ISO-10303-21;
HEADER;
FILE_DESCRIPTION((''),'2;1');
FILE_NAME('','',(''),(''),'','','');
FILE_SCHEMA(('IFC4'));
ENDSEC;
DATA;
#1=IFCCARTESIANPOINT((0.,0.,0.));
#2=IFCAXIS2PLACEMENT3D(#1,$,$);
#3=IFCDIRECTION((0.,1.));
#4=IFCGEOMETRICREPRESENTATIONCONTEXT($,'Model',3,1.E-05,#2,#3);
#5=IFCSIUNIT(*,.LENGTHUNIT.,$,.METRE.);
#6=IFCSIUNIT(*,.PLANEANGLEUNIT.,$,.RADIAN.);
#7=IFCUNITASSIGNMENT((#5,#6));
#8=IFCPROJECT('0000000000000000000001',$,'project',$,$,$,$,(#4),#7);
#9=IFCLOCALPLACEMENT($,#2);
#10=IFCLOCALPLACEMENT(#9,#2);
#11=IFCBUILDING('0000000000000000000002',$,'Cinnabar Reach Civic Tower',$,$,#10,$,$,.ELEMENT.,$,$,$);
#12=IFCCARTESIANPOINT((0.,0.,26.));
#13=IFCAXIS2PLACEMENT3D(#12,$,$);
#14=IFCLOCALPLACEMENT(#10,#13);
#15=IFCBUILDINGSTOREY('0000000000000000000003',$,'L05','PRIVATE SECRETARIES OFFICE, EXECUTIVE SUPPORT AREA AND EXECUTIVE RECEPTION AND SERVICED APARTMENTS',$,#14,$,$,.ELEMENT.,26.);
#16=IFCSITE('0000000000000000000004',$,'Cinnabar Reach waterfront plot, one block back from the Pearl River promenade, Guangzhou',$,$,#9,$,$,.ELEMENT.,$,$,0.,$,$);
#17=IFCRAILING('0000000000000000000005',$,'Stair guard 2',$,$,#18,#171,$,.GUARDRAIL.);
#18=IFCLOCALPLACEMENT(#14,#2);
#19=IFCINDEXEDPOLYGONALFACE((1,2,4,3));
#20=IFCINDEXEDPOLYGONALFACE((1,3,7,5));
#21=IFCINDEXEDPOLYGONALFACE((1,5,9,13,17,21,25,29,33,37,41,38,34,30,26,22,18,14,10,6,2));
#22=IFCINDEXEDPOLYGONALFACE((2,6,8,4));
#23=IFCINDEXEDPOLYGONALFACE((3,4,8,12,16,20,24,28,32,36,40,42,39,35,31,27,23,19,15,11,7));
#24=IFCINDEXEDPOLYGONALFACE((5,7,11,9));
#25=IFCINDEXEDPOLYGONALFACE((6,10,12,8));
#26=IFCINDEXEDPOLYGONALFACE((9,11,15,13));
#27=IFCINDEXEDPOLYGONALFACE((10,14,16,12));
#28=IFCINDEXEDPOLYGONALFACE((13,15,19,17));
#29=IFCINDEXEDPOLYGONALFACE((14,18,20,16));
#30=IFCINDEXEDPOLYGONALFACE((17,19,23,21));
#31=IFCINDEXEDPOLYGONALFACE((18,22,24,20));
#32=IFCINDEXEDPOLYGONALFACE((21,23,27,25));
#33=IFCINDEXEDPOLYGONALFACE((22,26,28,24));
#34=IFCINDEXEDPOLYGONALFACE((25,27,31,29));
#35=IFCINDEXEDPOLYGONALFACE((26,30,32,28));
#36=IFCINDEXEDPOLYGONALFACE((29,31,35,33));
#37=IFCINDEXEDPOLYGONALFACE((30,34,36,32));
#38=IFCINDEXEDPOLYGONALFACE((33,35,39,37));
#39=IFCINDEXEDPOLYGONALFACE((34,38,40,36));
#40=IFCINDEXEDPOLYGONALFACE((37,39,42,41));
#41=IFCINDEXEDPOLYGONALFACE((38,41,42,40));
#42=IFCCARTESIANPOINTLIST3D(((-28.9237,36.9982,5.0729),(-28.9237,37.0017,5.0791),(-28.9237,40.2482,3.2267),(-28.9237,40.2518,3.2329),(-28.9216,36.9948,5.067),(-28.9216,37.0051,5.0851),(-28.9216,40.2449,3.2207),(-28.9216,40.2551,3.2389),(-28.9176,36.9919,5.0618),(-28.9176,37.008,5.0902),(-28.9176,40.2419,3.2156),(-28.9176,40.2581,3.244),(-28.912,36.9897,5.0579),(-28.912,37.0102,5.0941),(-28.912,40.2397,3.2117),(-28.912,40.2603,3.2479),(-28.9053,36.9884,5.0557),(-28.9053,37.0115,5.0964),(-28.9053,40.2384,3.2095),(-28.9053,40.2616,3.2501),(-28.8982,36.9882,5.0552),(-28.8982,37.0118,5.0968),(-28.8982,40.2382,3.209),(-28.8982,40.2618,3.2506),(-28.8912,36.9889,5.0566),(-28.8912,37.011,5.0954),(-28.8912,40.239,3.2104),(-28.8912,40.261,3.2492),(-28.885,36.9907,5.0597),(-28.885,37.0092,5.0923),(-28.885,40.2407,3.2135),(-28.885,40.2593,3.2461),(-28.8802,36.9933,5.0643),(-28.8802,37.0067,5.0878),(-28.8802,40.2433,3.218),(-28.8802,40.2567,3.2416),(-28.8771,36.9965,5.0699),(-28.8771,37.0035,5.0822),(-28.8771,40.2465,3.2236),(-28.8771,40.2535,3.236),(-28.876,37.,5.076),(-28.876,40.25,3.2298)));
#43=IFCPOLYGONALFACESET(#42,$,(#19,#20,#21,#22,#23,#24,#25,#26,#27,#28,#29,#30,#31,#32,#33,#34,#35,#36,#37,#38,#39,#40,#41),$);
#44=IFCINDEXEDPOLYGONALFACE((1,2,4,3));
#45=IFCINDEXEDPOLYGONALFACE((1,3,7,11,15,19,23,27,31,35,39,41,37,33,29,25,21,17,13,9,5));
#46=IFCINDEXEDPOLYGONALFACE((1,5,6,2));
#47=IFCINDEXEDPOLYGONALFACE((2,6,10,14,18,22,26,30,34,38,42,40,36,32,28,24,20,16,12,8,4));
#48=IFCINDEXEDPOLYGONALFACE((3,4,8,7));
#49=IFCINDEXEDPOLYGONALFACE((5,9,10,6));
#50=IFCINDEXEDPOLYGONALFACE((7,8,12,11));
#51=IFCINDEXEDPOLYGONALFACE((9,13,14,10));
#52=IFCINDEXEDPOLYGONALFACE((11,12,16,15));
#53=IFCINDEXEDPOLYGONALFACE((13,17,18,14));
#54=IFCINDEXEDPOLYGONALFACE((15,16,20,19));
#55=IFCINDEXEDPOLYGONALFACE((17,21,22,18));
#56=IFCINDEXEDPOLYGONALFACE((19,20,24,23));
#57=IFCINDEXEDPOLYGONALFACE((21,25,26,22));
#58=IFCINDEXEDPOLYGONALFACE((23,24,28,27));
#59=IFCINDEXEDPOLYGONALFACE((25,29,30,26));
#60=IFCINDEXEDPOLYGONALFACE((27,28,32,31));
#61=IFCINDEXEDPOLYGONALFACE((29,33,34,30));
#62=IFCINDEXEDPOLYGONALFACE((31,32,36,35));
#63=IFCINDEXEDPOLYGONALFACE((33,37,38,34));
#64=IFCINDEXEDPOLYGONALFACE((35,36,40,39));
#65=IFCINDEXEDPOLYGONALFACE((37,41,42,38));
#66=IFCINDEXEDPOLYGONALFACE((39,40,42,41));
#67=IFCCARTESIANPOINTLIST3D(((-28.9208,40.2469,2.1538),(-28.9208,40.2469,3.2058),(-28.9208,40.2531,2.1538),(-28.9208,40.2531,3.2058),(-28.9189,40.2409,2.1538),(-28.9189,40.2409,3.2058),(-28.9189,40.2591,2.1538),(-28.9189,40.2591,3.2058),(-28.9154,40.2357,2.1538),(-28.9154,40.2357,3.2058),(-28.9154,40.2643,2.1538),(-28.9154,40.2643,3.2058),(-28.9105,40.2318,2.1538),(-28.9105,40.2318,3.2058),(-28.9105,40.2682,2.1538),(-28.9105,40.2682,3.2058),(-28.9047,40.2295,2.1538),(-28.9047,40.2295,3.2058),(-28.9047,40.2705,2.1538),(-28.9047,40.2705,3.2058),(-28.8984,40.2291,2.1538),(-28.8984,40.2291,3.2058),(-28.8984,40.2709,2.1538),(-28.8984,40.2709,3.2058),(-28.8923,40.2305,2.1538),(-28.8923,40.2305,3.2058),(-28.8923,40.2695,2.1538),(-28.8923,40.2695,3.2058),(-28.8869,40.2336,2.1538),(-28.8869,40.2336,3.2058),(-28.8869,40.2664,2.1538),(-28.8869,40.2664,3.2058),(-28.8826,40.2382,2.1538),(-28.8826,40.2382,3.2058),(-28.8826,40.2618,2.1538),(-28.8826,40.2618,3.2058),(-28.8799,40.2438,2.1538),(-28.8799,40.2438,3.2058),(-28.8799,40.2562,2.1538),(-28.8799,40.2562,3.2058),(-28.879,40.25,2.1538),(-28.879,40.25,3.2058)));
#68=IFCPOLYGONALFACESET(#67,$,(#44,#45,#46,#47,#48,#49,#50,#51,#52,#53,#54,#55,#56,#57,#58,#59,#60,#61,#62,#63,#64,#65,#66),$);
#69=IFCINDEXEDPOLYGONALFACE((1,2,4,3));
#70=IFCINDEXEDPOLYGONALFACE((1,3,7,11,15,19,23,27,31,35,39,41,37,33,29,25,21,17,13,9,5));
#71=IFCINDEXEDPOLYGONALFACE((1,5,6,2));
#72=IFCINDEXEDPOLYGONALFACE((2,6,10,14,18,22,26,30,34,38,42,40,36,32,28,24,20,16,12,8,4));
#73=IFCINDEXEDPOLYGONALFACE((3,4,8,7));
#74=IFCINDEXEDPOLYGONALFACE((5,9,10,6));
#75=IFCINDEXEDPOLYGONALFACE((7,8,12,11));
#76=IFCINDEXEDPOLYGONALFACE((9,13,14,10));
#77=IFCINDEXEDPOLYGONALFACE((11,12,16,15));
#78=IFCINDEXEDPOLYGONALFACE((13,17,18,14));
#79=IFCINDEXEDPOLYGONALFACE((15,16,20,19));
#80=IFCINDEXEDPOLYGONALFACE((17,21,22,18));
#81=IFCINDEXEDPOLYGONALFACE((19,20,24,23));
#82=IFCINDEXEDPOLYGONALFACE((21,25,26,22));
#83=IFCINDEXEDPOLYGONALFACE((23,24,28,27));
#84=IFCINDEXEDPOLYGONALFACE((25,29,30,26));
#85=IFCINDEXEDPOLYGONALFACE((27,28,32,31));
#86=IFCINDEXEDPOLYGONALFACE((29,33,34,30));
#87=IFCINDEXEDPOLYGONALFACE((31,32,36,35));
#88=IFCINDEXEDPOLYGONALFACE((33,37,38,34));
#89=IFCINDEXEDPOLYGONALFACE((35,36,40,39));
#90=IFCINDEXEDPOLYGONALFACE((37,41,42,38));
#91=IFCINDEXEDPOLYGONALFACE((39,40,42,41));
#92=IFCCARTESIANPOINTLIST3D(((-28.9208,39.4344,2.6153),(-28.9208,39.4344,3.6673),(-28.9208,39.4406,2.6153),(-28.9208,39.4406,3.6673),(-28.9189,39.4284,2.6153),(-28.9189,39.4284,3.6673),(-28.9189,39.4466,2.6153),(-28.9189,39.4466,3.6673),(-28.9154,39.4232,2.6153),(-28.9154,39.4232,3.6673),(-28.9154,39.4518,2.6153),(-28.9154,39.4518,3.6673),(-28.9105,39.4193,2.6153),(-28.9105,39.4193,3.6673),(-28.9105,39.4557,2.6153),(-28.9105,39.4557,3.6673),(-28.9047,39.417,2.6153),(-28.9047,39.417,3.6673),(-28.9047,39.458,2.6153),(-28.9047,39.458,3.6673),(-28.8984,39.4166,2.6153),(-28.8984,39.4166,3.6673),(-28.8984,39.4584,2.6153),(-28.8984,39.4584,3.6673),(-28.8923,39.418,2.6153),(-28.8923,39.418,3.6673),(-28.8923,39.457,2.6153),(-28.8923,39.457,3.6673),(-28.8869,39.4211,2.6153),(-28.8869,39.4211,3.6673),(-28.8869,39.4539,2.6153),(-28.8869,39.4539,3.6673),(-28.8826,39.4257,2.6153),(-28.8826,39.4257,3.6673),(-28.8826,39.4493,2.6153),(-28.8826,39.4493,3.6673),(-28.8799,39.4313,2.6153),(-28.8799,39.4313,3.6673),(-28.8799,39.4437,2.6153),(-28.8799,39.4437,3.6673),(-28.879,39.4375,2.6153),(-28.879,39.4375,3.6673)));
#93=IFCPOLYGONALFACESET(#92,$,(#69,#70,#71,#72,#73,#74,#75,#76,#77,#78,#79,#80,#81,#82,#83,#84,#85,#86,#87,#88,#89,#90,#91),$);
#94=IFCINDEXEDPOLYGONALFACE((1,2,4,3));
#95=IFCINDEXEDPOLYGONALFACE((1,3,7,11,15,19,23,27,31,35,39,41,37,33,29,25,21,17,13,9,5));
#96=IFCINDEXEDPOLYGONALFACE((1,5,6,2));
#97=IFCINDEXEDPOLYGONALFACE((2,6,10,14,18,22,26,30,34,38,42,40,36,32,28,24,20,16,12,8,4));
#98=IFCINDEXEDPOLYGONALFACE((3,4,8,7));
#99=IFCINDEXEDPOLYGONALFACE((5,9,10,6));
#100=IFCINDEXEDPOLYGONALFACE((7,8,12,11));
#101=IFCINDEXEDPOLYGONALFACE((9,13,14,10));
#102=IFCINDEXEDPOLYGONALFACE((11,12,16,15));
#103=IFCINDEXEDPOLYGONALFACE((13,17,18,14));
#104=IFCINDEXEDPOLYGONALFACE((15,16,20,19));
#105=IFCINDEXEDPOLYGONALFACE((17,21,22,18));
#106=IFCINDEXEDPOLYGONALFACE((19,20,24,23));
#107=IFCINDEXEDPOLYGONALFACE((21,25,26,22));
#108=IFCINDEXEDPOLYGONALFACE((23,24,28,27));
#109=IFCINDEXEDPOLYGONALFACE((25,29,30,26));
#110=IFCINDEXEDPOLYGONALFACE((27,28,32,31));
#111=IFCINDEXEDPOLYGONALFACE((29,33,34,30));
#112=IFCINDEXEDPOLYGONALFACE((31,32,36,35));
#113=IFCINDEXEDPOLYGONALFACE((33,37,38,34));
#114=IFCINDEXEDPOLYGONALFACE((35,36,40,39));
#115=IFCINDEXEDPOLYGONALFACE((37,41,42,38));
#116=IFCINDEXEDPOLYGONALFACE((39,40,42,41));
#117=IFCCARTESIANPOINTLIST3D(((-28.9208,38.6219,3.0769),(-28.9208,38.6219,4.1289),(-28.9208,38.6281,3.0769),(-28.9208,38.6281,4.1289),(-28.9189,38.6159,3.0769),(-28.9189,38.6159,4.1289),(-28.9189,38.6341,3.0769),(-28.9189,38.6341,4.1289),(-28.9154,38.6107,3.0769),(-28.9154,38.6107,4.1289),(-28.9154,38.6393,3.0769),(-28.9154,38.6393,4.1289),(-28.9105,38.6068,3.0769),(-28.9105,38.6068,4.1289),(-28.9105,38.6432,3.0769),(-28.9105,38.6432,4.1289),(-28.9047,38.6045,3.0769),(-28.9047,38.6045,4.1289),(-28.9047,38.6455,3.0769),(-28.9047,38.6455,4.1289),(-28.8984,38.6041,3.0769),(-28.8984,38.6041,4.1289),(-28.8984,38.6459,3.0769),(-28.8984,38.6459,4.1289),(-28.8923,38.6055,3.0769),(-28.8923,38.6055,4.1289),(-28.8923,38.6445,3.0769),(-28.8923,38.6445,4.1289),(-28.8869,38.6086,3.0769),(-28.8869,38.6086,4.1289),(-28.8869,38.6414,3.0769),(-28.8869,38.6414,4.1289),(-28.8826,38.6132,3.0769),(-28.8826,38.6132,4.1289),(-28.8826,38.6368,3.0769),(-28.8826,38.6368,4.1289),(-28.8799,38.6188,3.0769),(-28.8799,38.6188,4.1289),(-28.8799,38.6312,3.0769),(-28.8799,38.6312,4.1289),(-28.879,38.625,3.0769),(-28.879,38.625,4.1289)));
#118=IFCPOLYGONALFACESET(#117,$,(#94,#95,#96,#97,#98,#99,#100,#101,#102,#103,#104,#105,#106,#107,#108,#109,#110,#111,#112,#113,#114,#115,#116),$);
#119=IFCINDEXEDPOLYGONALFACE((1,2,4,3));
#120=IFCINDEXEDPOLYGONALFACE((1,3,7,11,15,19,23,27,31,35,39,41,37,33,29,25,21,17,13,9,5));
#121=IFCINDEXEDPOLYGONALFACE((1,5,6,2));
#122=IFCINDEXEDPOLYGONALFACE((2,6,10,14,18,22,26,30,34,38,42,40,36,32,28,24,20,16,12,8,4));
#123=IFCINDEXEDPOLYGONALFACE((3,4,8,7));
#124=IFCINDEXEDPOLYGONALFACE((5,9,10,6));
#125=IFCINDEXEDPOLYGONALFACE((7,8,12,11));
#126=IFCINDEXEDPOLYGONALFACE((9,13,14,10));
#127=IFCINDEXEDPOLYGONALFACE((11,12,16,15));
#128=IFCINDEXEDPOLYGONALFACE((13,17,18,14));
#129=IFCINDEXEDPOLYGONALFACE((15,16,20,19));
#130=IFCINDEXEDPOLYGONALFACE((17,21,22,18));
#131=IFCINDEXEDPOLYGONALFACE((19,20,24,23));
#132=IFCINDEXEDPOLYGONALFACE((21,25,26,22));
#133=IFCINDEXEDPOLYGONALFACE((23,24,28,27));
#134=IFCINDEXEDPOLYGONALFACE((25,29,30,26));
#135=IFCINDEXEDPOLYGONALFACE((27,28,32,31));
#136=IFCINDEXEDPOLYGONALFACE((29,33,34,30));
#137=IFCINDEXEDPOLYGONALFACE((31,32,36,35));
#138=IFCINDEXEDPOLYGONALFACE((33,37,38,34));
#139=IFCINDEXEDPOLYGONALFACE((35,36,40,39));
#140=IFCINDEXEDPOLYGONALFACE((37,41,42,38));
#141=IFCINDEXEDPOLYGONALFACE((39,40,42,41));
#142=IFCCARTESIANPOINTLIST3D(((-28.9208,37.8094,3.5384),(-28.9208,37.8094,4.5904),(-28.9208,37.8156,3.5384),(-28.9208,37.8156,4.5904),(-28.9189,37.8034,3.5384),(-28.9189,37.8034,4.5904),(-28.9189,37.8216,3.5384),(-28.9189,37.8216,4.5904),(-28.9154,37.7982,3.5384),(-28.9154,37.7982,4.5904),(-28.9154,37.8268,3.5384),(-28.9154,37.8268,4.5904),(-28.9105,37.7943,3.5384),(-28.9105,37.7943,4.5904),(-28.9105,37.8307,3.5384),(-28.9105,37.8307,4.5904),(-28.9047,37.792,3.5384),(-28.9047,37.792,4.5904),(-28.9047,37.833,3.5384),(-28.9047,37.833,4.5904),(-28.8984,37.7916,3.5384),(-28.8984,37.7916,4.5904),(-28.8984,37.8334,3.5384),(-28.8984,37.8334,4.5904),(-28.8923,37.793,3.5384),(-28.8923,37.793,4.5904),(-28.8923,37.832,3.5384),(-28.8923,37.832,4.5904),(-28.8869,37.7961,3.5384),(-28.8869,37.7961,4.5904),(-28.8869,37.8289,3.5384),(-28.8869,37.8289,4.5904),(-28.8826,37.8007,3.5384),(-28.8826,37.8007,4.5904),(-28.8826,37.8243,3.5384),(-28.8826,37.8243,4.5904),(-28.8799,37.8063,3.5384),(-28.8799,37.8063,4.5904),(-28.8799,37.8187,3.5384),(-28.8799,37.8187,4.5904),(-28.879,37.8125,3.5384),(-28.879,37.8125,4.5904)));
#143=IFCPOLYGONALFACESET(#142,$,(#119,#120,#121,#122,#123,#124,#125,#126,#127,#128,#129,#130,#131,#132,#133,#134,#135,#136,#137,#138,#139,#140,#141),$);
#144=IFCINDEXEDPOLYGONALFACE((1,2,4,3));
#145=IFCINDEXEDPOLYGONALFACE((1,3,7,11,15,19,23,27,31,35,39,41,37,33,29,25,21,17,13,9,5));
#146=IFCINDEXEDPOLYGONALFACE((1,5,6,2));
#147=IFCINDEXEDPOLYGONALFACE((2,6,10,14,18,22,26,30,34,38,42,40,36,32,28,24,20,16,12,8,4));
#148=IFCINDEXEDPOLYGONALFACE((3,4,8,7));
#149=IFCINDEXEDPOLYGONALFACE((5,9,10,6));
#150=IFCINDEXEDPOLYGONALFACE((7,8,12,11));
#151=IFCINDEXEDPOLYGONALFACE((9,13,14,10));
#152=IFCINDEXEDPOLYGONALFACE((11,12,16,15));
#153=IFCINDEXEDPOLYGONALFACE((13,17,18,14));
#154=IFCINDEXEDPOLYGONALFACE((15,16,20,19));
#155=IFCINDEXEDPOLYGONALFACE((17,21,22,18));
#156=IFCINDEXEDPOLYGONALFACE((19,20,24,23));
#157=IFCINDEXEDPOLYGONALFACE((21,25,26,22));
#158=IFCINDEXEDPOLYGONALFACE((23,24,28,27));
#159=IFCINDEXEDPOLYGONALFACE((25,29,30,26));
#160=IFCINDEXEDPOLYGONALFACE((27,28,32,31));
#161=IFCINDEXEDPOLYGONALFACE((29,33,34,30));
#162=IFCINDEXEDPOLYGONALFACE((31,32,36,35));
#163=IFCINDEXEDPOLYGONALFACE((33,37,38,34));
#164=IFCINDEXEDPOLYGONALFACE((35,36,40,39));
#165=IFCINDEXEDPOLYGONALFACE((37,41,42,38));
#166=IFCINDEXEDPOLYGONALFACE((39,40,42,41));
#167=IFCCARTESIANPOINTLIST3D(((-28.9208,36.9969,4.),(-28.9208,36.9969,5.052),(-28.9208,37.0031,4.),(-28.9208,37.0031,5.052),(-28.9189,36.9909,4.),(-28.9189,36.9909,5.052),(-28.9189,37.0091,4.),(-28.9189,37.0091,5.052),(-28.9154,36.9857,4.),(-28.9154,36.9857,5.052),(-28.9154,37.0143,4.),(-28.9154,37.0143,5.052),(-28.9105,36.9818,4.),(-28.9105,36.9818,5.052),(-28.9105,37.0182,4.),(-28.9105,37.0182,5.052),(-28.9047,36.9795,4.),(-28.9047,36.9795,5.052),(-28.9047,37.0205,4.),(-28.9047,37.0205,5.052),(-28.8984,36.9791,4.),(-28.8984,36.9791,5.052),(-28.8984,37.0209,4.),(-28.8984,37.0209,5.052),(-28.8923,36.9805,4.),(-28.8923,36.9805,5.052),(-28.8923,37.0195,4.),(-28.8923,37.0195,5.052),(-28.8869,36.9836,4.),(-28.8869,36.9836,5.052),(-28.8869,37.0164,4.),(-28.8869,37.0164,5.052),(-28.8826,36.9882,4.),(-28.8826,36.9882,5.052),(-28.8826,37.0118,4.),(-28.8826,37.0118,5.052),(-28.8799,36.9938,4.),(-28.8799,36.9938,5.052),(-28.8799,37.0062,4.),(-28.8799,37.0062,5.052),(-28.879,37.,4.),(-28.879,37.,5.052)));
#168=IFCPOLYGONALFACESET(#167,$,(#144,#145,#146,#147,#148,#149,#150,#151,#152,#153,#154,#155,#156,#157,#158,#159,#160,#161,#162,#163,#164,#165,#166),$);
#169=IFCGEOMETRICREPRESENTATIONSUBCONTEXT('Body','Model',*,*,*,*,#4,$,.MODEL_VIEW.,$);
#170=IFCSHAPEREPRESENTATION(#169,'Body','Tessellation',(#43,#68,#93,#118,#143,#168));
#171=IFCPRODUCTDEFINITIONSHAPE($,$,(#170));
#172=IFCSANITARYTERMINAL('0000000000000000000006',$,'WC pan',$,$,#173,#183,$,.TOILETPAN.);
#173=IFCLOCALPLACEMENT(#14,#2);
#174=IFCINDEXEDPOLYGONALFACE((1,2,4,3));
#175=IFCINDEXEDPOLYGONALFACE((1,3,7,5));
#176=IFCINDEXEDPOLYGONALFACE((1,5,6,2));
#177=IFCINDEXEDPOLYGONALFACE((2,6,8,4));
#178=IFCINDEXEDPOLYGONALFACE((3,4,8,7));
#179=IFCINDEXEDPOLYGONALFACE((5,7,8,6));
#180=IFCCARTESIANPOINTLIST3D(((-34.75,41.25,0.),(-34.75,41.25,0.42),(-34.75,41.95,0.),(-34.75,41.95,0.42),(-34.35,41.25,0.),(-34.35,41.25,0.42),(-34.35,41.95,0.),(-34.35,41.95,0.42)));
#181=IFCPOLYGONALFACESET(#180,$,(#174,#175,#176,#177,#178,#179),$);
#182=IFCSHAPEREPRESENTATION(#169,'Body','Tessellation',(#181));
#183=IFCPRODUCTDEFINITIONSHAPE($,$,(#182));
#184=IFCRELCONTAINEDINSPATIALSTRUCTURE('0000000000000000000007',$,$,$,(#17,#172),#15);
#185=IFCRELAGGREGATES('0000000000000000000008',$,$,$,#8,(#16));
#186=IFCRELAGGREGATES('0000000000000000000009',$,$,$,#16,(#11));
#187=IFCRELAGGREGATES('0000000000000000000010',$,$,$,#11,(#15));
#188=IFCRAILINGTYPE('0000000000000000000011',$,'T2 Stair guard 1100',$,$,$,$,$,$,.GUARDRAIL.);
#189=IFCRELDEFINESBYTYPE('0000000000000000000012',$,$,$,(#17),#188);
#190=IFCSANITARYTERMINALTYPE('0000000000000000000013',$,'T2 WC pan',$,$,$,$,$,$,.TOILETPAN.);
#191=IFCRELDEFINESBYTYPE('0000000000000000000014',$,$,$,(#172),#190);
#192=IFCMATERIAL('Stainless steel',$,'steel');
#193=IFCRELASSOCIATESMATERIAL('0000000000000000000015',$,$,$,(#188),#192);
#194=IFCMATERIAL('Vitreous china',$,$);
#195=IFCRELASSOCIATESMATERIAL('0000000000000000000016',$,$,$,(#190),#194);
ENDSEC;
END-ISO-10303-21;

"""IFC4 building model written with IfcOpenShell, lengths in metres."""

from ifc_helpers import new_model, si_unit, direction, frame, origin, origin_2d, place, context, subcontext, project, spatial, rectangle, circle, extrude, material, type_object, element, save


model = new_model("IFC4")

# Units and contexts
model_context = context("Model", 3, precision=1e-05, world=origin(), true_north=direction((0.0, 1.0)))
body_context = subcontext(model_context, "Body", "Model", "MODEL_VIEW")
ifc_project = project(units=[si_unit("LENGTHUNIT", "METRE"), si_unit("PLANEANGLEUNIT", "RADIAN")], contexts=[model_context])

# Site, building, storey
site_placement = place(None, origin())
site = spatial("IfcSite", under=ifc_project, at=site_placement, Name="Cinnabar Reach waterfront plot, one block back from the Pearl River promenade, Guangzhou", CompositionType="ELEMENT", RefElevation=0.0)
building_placement = place(site_placement, origin())
building = spatial("IfcBuilding", under=site, at=building_placement, Name="Cinnabar Reach Civic Tower", CompositionType="ELEMENT")
storey_placement = place(building_placement, frame((0.0, 0.0, 26.0)))
storey = spatial("IfcBuildingStorey", under=building, at=storey_placement, Name="L05", Description="PRIVATE SECRETARIES OFFICE, EXECUTIVE SUPPORT AREA AND EXECUTIVE RECEPTION AND SERVICED APARTMENTS", CompositionType="ELEMENT", Elevation=26.0)

# Railing
ifc_material_1 = material(Name="Stainless steel", Category="steel")
railing_type = type_object("IfcRailingType", Name="T2 Stair guard 1100", PredefinedType="GUARDRAIL", material=ifc_material_1)
railing_1_placement = place(storey_placement, frame((-28.9, 40.25, 2.1538)))
element("IfcRailing", 1, at=railing_1_placement, inside=storey, type_object=railing_type, Name="Stair guard 2", PredefinedType="GUARDRAIL", context=body_context, shape_type="SweptSolid", body=[
    extrude(circle(Radius=0.024, at=origin_2d()), frame((0.0, 0.0, 1.076), z_axis=(0.0, -0.869501, 0.49393), x_axis=(1.0, 0.0, 0.0)), (0.0, 0.0, 1.0), 3.7378),
    extrude(circle(Radius=0.021, at=origin_2d()), origin(), (0.0, 0.0, 1.0), 1.052),
    extrude(circle(Radius=0.021, at=origin_2d()), frame((0.0, -0.8125, 0.4615)), (0.0, 0.0, 1.0), 1.052),
    extrude(circle(Radius=0.021, at=origin_2d()), frame((0.0, -1.625, 0.9231)), (0.0, 0.0, 1.0), 1.052),
    extrude(circle(Radius=0.021, at=origin_2d()), frame((0.0, -2.4375, 1.3846)), (0.0, 0.0, 1.0), 1.052),
    extrude(circle(Radius=0.021, at=origin_2d()), frame((0.0, -3.25, 1.8462)), (0.0, 0.0, 1.0), 1.052),
])

# Sanitary terminal
ifc_material_2 = material(Name="Vitreous china")
sanitary_terminal_type = type_object("IfcSanitaryTerminalType", Name="T2 WC pan", PredefinedType="TOILETPAN", material=ifc_material_2)
sanitary_terminal_placement = place(storey_placement, frame((-34.55, 41.6, 0.0), z_axis=(0.0, 0.0, 1.0), x_axis=(1.0, 0.0, 0.0)))
element("IfcSanitaryTerminal", 2, at=sanitary_terminal_placement, inside=storey, type_object=sanitary_terminal_type, Name="WC pan", PredefinedType="TOILETPAN", context=body_context, shape_type="SweptSolid", body=[
    extrude(rectangle(XDim=0.4, YDim=0.7, at=origin_2d()), origin(), (0.0, 0.0, 1.0), 0.42),
])

save(model, "model.ifc")
